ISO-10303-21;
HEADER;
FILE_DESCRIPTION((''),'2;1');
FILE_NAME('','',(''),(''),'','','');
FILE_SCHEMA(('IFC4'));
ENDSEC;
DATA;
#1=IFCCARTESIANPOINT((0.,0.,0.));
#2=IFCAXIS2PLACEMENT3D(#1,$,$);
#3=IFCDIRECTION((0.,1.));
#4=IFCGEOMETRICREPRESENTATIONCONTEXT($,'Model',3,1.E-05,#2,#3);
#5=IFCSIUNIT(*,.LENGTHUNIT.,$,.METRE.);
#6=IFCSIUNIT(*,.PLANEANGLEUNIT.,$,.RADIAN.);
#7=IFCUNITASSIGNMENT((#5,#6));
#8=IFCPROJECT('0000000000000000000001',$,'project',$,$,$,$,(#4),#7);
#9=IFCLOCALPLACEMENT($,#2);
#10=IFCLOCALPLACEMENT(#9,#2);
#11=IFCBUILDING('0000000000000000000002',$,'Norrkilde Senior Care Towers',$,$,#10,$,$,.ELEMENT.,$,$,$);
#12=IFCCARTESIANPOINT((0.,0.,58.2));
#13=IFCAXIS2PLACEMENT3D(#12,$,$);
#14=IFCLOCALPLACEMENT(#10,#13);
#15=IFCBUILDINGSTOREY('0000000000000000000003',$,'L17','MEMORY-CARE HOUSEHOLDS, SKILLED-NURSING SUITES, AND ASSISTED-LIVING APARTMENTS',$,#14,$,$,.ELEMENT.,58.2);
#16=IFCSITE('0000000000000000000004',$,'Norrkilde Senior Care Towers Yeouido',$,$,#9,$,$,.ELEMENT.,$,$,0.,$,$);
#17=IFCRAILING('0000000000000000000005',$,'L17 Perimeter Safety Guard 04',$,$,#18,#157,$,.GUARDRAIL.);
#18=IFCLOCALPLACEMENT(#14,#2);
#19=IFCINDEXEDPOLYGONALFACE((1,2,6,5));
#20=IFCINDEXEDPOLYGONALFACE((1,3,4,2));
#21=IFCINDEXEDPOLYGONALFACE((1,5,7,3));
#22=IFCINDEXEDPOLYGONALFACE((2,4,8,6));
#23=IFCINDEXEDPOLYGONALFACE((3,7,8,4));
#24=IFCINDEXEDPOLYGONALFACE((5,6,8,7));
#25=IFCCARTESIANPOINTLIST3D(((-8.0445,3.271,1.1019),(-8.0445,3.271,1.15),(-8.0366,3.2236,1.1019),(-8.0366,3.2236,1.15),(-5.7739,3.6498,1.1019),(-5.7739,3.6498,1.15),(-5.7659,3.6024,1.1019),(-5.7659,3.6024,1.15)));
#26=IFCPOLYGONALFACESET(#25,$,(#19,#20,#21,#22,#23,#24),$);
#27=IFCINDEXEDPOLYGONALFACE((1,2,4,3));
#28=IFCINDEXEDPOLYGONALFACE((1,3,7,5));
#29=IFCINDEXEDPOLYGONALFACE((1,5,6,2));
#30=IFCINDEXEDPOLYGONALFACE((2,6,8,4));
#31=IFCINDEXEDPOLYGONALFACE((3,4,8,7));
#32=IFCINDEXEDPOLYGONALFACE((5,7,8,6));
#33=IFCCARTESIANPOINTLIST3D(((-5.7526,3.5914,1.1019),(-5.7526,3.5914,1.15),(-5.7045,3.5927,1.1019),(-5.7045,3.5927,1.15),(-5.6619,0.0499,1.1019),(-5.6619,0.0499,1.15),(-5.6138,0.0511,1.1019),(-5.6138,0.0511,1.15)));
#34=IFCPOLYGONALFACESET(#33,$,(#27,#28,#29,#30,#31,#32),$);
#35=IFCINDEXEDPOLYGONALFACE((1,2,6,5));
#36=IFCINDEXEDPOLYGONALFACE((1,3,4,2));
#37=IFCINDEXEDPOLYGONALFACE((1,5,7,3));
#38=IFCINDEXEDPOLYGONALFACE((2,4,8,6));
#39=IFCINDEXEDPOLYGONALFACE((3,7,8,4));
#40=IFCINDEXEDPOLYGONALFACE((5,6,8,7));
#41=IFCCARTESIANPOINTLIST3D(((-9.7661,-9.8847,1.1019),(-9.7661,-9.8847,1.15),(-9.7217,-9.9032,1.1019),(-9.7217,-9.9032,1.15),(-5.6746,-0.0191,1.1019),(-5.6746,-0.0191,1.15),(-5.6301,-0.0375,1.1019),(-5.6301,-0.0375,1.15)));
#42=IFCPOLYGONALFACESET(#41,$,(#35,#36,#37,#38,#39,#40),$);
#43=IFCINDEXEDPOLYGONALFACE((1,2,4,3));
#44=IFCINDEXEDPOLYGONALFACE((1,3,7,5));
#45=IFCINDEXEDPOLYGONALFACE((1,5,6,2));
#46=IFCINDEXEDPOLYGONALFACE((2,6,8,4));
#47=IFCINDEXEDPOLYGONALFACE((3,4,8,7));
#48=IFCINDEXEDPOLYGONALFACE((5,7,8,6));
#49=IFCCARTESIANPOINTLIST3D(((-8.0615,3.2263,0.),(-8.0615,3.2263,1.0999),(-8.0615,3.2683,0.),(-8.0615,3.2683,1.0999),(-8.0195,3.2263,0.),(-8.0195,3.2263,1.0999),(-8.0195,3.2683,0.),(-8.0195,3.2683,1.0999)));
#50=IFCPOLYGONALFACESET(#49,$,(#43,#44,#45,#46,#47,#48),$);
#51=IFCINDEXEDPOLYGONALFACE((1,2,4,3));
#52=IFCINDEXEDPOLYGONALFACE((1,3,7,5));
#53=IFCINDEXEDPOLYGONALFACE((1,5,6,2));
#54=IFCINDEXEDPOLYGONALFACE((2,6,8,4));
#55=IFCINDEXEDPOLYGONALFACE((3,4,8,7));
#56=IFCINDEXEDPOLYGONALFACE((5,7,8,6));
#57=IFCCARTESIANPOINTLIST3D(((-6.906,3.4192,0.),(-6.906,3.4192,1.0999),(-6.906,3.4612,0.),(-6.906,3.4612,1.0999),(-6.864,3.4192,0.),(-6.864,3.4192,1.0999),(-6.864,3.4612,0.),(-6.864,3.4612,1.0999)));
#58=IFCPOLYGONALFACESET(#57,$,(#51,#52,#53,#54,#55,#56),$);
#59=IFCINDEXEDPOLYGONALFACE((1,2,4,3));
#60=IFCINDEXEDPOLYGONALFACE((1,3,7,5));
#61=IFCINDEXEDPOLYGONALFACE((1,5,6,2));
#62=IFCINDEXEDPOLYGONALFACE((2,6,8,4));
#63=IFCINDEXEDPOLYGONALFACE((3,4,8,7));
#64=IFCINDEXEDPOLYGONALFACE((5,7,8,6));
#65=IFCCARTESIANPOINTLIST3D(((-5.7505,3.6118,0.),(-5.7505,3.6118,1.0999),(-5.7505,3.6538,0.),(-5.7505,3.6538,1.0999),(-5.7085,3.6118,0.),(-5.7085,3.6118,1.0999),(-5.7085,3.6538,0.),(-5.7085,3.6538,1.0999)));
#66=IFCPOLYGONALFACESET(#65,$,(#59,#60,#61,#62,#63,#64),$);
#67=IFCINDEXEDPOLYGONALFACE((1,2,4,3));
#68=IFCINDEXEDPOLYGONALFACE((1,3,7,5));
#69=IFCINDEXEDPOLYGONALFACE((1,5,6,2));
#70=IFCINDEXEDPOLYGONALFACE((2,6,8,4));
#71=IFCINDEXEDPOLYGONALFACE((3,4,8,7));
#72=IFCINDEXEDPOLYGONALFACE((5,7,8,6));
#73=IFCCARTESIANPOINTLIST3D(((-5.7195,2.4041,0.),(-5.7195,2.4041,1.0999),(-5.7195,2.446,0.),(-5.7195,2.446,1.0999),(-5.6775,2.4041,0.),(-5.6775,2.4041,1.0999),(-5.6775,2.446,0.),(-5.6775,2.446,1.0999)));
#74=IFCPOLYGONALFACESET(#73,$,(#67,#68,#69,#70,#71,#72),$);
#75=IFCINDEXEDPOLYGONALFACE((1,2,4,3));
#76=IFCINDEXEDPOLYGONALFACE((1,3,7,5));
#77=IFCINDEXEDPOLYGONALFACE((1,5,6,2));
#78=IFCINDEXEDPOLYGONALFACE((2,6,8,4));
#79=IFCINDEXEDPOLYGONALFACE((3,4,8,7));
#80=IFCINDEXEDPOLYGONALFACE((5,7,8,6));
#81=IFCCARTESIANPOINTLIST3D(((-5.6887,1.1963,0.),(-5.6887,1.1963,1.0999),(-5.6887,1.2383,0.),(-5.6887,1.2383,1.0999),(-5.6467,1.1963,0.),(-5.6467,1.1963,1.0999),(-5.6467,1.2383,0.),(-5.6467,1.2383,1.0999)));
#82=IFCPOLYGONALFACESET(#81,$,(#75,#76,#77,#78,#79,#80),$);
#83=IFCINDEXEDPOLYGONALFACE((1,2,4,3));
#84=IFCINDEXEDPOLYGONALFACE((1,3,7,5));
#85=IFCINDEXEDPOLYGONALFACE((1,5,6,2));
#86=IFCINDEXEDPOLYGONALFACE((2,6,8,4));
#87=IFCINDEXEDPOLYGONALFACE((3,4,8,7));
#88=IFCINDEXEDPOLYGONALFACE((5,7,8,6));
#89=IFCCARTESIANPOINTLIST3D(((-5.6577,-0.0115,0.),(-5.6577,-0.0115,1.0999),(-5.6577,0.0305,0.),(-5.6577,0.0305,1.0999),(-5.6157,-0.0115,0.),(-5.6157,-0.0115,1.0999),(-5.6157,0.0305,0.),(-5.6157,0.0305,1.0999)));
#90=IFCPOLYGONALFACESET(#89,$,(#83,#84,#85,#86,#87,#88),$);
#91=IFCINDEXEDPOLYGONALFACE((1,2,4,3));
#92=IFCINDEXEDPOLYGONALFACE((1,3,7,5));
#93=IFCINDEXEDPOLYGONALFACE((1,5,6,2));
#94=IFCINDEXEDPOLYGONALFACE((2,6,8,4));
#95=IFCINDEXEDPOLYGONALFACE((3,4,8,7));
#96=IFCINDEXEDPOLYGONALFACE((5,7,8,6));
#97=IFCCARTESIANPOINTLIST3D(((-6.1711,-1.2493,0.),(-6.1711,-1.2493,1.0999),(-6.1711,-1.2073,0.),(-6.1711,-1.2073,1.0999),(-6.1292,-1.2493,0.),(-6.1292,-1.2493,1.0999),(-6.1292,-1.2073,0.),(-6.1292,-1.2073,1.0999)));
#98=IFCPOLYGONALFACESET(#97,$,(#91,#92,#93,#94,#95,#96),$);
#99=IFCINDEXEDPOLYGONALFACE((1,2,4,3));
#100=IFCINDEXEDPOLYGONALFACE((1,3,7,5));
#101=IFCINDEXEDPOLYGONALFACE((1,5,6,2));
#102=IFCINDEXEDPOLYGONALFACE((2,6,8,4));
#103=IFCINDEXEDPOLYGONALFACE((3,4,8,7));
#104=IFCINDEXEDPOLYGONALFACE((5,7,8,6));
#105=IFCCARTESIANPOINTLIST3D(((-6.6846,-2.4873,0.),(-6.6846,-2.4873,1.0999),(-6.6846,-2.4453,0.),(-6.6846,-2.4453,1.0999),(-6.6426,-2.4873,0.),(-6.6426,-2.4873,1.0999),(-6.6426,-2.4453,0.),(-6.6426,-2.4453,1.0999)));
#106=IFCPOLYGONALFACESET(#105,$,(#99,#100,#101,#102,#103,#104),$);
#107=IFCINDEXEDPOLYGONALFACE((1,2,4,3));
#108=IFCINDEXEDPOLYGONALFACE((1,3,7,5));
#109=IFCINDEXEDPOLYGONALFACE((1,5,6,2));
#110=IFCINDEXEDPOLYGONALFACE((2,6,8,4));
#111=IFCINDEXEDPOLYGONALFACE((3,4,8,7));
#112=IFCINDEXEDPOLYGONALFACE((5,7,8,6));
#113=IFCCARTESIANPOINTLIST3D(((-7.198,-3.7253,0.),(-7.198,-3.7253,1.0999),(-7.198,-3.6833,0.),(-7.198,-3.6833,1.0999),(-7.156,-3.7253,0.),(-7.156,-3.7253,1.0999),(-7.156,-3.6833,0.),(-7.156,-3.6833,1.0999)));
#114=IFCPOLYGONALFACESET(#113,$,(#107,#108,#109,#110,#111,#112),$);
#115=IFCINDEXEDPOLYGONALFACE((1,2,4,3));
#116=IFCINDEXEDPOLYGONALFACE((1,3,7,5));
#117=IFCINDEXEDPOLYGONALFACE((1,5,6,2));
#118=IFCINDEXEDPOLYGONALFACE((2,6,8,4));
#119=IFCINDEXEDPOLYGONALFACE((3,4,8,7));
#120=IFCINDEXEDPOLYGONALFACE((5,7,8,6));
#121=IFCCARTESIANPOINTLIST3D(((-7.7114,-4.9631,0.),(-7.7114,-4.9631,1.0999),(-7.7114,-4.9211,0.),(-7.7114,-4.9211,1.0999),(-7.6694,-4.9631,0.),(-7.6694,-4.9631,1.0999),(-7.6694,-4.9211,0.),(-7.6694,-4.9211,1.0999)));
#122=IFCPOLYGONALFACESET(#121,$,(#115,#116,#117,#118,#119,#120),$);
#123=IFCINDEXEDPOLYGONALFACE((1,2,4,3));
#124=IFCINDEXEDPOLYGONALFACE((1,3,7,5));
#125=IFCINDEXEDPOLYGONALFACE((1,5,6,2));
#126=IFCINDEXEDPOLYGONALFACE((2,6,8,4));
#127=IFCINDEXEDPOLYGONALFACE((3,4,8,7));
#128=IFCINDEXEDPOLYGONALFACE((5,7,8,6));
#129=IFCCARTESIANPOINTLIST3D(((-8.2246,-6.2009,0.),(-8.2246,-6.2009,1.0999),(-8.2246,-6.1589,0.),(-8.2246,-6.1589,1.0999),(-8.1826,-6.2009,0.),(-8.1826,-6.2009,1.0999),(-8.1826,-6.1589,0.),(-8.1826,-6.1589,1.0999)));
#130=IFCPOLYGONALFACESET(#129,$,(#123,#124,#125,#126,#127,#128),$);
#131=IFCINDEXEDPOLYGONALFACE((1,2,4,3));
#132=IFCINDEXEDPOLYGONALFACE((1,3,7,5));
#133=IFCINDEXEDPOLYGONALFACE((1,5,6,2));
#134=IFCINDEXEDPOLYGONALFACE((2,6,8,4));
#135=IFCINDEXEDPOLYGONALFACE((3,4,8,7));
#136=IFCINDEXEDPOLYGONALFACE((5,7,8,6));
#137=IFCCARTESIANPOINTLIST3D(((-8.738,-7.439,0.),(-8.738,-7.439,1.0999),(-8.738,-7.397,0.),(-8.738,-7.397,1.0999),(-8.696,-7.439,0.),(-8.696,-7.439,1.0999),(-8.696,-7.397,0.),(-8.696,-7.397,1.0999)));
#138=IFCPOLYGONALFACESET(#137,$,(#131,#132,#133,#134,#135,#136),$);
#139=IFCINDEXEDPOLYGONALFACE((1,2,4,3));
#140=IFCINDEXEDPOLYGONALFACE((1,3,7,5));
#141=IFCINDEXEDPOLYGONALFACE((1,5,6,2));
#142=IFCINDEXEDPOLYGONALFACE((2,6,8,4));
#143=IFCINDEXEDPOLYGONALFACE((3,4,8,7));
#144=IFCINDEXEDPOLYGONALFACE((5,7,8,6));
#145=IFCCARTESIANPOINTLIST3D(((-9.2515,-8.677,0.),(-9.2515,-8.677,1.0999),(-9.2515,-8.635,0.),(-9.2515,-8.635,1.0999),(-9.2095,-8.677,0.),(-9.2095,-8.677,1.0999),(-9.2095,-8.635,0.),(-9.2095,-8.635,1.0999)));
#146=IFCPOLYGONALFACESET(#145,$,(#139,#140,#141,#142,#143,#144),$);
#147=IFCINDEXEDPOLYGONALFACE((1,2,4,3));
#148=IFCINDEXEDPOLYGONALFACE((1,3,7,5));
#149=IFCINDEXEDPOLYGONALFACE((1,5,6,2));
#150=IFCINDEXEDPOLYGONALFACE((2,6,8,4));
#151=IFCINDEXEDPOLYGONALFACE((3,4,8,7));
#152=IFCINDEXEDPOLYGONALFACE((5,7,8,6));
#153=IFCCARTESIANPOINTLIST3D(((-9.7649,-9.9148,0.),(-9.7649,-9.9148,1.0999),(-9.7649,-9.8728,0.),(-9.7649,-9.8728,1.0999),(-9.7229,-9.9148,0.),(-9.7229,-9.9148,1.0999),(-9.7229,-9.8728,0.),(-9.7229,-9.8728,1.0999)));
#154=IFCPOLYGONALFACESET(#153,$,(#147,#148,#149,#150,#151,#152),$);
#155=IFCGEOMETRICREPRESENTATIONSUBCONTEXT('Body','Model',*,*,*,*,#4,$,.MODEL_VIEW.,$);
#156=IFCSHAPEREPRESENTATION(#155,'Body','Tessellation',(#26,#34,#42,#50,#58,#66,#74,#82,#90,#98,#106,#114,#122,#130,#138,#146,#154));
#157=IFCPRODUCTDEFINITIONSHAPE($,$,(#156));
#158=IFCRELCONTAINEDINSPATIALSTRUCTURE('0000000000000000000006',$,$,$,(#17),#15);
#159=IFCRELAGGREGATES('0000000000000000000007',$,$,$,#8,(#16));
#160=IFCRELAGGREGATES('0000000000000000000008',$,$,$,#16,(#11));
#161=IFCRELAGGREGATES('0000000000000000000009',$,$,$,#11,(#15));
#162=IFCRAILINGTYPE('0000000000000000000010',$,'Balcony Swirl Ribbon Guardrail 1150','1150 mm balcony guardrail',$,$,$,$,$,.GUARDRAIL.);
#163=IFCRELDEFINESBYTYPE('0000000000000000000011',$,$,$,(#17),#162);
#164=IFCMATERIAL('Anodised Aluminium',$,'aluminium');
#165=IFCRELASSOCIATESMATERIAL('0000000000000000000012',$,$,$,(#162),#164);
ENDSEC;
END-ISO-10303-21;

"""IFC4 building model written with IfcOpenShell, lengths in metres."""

from ifc_helpers import new_model, si_unit, direction, frame, origin, origin_2d, place, context, subcontext, project, spatial, rectangle, extrude, material, type_object, element, save


model = new_model("IFC4")

# Units and contexts
model_context = context("Model", 3, precision=1e-05, world=origin(), true_north=direction((0.0, 1.0)))
body_context = subcontext(model_context, "Body", "Model", "MODEL_VIEW")
ifc_project = project(units=[si_unit("LENGTHUNIT", "METRE"), si_unit("PLANEANGLEUNIT", "RADIAN")], contexts=[model_context])

# Site, building, storey
site_placement = place(None, origin())
site = spatial("IfcSite", under=ifc_project, at=site_placement, Name="Norrkilde Senior Care Towers Yeouido", CompositionType="ELEMENT", RefElevation=0.0)
building_placement = place(site_placement, origin())
building = spatial("IfcBuilding", under=site, at=building_placement, Name="Norrkilde Senior Care Towers", CompositionType="ELEMENT")
storey_placement = place(building_placement, frame((0.0, 0.0, 58.2)))
storey = spatial("IfcBuildingStorey", under=building, at=storey_placement, Name="L17", Description="MEMORY-CARE HOUSEHOLDS, SKILLED-NURSING SUITES, AND ASSISTED-LIVING APARTMENTS", CompositionType="ELEMENT", Elevation=58.2)

# Shared definitions
ifc_material_1 = material(Name="Anodised Aluminium", Category="aluminium")

# Railing
railing_type = type_object("IfcRailingType", Name="Balcony Swirl Ribbon Guardrail 1150", Description="1150 mm balcony guardrail", PredefinedType="GUARDRAIL", material=ifc_material_1)
railing_placement = place(storey_placement, frame((-8.0405, 3.2473, 0.0)))
element("IfcRailing", 1, at=railing_placement, inside=storey, type_object=railing_type, Name="L17 Perimeter Safety Guard 04", PredefinedType="GUARDRAIL", context=body_context, shape_type="SweptSolid", body=[
    extrude(rectangle(XDim=0.0481, YDim=0.0481, at=origin_2d()), frame((0.0, 0.0, 1.126), z_axis=(0.986371, 0.164534, 0.0), x_axis=(-0.164534, 0.986371, 0.0)), (0.0, 0.0, 1.0), 2.302),
    extrude(rectangle(XDim=0.0481, YDim=0.0481, at=origin_2d()), frame((2.312, 0.3447, 1.126), z_axis=(0.025596, -0.999672, 0.0), x_axis=(0.999672, 0.025596, 0.0)), (0.0, 0.0, 1.0), 3.5427),
    extrude(rectangle(XDim=0.0481, YDim=0.0481, at=origin_2d()), frame((2.3882, -3.2756, 1.126), z_axis=(-0.383088, -0.923712, 0.0), x_axis=(0.923712, -0.383088, 0.0)), (0.0, 0.0, 1.0), 10.6804),
    extrude(rectangle(XDim=0.042, YDim=0.042, at=origin_2d()), origin(), (0.0, 0.0, 1.0), 1.0999),
    extrude(rectangle(XDim=0.042, YDim=0.042, at=origin_2d()), frame((1.1555, 0.1929, 0.0)), (0.0, 0.0, 1.0), 1.0999),
    extrude(rectangle(XDim=0.042, YDim=0.042, at=origin_2d()), frame((2.311, 0.3855, 0.0)), (0.0, 0.0, 1.0), 1.0999),
    extrude(rectangle(XDim=0.042, YDim=0.042, at=origin_2d()), frame((2.342, -0.8223, 0.0)), (0.0, 0.0, 1.0), 1.0999),
    extrude(rectangle(XDim=0.042, YDim=0.042, at=origin_2d()), frame((2.3728, -2.03, 0.0)), (0.0, 0.0, 1.0), 1.0999),
    extrude(rectangle(XDim=0.042, YDim=0.042, at=origin_2d()), frame((2.4038, -3.2378, 0.0)), (0.0, 0.0, 1.0), 1.0999),
    extrude(rectangle(XDim=0.042, YDim=0.042, at=origin_2d()), frame((1.8904, -4.4756, 0.0)), (0.0, 0.0, 1.0), 1.0999),
    extrude(rectangle(XDim=0.042, YDim=0.042, at=origin_2d()), frame((1.377, -5.7136, 0.0)), (0.0, 0.0, 1.0), 1.0999),
    extrude(rectangle(XDim=0.042, YDim=0.042, at=origin_2d()), frame((0.8635, -6.9517, 0.0)), (0.0, 0.0, 1.0), 1.0999),
    extrude(rectangle(XDim=0.042, YDim=0.042, at=origin_2d()), frame((0.3501, -8.1895, 0.0)), (0.0, 0.0, 1.0), 1.0999),
    extrude(rectangle(XDim=0.042, YDim=0.042, at=origin_2d()), frame((-0.1631, -9.4272, 0.0)), (0.0, 0.0, 1.0), 1.0999),
    extrude(rectangle(XDim=0.042, YDim=0.042, at=origin_2d()), frame((-0.6765, -10.6653, 0.0)), (0.0, 0.0, 1.0), 1.0999),
    extrude(rectangle(XDim=0.042, YDim=0.042, at=origin_2d()), frame((-1.1899, -11.9033, 0.0)), (0.0, 0.0, 1.0), 1.0999),
    extrude(rectangle(XDim=0.042, YDim=0.042, at=origin_2d()), frame((-1.7034, -13.1411, 0.0)), (0.0, 0.0, 1.0), 1.0999),
])

save(model, "model.ifc")
